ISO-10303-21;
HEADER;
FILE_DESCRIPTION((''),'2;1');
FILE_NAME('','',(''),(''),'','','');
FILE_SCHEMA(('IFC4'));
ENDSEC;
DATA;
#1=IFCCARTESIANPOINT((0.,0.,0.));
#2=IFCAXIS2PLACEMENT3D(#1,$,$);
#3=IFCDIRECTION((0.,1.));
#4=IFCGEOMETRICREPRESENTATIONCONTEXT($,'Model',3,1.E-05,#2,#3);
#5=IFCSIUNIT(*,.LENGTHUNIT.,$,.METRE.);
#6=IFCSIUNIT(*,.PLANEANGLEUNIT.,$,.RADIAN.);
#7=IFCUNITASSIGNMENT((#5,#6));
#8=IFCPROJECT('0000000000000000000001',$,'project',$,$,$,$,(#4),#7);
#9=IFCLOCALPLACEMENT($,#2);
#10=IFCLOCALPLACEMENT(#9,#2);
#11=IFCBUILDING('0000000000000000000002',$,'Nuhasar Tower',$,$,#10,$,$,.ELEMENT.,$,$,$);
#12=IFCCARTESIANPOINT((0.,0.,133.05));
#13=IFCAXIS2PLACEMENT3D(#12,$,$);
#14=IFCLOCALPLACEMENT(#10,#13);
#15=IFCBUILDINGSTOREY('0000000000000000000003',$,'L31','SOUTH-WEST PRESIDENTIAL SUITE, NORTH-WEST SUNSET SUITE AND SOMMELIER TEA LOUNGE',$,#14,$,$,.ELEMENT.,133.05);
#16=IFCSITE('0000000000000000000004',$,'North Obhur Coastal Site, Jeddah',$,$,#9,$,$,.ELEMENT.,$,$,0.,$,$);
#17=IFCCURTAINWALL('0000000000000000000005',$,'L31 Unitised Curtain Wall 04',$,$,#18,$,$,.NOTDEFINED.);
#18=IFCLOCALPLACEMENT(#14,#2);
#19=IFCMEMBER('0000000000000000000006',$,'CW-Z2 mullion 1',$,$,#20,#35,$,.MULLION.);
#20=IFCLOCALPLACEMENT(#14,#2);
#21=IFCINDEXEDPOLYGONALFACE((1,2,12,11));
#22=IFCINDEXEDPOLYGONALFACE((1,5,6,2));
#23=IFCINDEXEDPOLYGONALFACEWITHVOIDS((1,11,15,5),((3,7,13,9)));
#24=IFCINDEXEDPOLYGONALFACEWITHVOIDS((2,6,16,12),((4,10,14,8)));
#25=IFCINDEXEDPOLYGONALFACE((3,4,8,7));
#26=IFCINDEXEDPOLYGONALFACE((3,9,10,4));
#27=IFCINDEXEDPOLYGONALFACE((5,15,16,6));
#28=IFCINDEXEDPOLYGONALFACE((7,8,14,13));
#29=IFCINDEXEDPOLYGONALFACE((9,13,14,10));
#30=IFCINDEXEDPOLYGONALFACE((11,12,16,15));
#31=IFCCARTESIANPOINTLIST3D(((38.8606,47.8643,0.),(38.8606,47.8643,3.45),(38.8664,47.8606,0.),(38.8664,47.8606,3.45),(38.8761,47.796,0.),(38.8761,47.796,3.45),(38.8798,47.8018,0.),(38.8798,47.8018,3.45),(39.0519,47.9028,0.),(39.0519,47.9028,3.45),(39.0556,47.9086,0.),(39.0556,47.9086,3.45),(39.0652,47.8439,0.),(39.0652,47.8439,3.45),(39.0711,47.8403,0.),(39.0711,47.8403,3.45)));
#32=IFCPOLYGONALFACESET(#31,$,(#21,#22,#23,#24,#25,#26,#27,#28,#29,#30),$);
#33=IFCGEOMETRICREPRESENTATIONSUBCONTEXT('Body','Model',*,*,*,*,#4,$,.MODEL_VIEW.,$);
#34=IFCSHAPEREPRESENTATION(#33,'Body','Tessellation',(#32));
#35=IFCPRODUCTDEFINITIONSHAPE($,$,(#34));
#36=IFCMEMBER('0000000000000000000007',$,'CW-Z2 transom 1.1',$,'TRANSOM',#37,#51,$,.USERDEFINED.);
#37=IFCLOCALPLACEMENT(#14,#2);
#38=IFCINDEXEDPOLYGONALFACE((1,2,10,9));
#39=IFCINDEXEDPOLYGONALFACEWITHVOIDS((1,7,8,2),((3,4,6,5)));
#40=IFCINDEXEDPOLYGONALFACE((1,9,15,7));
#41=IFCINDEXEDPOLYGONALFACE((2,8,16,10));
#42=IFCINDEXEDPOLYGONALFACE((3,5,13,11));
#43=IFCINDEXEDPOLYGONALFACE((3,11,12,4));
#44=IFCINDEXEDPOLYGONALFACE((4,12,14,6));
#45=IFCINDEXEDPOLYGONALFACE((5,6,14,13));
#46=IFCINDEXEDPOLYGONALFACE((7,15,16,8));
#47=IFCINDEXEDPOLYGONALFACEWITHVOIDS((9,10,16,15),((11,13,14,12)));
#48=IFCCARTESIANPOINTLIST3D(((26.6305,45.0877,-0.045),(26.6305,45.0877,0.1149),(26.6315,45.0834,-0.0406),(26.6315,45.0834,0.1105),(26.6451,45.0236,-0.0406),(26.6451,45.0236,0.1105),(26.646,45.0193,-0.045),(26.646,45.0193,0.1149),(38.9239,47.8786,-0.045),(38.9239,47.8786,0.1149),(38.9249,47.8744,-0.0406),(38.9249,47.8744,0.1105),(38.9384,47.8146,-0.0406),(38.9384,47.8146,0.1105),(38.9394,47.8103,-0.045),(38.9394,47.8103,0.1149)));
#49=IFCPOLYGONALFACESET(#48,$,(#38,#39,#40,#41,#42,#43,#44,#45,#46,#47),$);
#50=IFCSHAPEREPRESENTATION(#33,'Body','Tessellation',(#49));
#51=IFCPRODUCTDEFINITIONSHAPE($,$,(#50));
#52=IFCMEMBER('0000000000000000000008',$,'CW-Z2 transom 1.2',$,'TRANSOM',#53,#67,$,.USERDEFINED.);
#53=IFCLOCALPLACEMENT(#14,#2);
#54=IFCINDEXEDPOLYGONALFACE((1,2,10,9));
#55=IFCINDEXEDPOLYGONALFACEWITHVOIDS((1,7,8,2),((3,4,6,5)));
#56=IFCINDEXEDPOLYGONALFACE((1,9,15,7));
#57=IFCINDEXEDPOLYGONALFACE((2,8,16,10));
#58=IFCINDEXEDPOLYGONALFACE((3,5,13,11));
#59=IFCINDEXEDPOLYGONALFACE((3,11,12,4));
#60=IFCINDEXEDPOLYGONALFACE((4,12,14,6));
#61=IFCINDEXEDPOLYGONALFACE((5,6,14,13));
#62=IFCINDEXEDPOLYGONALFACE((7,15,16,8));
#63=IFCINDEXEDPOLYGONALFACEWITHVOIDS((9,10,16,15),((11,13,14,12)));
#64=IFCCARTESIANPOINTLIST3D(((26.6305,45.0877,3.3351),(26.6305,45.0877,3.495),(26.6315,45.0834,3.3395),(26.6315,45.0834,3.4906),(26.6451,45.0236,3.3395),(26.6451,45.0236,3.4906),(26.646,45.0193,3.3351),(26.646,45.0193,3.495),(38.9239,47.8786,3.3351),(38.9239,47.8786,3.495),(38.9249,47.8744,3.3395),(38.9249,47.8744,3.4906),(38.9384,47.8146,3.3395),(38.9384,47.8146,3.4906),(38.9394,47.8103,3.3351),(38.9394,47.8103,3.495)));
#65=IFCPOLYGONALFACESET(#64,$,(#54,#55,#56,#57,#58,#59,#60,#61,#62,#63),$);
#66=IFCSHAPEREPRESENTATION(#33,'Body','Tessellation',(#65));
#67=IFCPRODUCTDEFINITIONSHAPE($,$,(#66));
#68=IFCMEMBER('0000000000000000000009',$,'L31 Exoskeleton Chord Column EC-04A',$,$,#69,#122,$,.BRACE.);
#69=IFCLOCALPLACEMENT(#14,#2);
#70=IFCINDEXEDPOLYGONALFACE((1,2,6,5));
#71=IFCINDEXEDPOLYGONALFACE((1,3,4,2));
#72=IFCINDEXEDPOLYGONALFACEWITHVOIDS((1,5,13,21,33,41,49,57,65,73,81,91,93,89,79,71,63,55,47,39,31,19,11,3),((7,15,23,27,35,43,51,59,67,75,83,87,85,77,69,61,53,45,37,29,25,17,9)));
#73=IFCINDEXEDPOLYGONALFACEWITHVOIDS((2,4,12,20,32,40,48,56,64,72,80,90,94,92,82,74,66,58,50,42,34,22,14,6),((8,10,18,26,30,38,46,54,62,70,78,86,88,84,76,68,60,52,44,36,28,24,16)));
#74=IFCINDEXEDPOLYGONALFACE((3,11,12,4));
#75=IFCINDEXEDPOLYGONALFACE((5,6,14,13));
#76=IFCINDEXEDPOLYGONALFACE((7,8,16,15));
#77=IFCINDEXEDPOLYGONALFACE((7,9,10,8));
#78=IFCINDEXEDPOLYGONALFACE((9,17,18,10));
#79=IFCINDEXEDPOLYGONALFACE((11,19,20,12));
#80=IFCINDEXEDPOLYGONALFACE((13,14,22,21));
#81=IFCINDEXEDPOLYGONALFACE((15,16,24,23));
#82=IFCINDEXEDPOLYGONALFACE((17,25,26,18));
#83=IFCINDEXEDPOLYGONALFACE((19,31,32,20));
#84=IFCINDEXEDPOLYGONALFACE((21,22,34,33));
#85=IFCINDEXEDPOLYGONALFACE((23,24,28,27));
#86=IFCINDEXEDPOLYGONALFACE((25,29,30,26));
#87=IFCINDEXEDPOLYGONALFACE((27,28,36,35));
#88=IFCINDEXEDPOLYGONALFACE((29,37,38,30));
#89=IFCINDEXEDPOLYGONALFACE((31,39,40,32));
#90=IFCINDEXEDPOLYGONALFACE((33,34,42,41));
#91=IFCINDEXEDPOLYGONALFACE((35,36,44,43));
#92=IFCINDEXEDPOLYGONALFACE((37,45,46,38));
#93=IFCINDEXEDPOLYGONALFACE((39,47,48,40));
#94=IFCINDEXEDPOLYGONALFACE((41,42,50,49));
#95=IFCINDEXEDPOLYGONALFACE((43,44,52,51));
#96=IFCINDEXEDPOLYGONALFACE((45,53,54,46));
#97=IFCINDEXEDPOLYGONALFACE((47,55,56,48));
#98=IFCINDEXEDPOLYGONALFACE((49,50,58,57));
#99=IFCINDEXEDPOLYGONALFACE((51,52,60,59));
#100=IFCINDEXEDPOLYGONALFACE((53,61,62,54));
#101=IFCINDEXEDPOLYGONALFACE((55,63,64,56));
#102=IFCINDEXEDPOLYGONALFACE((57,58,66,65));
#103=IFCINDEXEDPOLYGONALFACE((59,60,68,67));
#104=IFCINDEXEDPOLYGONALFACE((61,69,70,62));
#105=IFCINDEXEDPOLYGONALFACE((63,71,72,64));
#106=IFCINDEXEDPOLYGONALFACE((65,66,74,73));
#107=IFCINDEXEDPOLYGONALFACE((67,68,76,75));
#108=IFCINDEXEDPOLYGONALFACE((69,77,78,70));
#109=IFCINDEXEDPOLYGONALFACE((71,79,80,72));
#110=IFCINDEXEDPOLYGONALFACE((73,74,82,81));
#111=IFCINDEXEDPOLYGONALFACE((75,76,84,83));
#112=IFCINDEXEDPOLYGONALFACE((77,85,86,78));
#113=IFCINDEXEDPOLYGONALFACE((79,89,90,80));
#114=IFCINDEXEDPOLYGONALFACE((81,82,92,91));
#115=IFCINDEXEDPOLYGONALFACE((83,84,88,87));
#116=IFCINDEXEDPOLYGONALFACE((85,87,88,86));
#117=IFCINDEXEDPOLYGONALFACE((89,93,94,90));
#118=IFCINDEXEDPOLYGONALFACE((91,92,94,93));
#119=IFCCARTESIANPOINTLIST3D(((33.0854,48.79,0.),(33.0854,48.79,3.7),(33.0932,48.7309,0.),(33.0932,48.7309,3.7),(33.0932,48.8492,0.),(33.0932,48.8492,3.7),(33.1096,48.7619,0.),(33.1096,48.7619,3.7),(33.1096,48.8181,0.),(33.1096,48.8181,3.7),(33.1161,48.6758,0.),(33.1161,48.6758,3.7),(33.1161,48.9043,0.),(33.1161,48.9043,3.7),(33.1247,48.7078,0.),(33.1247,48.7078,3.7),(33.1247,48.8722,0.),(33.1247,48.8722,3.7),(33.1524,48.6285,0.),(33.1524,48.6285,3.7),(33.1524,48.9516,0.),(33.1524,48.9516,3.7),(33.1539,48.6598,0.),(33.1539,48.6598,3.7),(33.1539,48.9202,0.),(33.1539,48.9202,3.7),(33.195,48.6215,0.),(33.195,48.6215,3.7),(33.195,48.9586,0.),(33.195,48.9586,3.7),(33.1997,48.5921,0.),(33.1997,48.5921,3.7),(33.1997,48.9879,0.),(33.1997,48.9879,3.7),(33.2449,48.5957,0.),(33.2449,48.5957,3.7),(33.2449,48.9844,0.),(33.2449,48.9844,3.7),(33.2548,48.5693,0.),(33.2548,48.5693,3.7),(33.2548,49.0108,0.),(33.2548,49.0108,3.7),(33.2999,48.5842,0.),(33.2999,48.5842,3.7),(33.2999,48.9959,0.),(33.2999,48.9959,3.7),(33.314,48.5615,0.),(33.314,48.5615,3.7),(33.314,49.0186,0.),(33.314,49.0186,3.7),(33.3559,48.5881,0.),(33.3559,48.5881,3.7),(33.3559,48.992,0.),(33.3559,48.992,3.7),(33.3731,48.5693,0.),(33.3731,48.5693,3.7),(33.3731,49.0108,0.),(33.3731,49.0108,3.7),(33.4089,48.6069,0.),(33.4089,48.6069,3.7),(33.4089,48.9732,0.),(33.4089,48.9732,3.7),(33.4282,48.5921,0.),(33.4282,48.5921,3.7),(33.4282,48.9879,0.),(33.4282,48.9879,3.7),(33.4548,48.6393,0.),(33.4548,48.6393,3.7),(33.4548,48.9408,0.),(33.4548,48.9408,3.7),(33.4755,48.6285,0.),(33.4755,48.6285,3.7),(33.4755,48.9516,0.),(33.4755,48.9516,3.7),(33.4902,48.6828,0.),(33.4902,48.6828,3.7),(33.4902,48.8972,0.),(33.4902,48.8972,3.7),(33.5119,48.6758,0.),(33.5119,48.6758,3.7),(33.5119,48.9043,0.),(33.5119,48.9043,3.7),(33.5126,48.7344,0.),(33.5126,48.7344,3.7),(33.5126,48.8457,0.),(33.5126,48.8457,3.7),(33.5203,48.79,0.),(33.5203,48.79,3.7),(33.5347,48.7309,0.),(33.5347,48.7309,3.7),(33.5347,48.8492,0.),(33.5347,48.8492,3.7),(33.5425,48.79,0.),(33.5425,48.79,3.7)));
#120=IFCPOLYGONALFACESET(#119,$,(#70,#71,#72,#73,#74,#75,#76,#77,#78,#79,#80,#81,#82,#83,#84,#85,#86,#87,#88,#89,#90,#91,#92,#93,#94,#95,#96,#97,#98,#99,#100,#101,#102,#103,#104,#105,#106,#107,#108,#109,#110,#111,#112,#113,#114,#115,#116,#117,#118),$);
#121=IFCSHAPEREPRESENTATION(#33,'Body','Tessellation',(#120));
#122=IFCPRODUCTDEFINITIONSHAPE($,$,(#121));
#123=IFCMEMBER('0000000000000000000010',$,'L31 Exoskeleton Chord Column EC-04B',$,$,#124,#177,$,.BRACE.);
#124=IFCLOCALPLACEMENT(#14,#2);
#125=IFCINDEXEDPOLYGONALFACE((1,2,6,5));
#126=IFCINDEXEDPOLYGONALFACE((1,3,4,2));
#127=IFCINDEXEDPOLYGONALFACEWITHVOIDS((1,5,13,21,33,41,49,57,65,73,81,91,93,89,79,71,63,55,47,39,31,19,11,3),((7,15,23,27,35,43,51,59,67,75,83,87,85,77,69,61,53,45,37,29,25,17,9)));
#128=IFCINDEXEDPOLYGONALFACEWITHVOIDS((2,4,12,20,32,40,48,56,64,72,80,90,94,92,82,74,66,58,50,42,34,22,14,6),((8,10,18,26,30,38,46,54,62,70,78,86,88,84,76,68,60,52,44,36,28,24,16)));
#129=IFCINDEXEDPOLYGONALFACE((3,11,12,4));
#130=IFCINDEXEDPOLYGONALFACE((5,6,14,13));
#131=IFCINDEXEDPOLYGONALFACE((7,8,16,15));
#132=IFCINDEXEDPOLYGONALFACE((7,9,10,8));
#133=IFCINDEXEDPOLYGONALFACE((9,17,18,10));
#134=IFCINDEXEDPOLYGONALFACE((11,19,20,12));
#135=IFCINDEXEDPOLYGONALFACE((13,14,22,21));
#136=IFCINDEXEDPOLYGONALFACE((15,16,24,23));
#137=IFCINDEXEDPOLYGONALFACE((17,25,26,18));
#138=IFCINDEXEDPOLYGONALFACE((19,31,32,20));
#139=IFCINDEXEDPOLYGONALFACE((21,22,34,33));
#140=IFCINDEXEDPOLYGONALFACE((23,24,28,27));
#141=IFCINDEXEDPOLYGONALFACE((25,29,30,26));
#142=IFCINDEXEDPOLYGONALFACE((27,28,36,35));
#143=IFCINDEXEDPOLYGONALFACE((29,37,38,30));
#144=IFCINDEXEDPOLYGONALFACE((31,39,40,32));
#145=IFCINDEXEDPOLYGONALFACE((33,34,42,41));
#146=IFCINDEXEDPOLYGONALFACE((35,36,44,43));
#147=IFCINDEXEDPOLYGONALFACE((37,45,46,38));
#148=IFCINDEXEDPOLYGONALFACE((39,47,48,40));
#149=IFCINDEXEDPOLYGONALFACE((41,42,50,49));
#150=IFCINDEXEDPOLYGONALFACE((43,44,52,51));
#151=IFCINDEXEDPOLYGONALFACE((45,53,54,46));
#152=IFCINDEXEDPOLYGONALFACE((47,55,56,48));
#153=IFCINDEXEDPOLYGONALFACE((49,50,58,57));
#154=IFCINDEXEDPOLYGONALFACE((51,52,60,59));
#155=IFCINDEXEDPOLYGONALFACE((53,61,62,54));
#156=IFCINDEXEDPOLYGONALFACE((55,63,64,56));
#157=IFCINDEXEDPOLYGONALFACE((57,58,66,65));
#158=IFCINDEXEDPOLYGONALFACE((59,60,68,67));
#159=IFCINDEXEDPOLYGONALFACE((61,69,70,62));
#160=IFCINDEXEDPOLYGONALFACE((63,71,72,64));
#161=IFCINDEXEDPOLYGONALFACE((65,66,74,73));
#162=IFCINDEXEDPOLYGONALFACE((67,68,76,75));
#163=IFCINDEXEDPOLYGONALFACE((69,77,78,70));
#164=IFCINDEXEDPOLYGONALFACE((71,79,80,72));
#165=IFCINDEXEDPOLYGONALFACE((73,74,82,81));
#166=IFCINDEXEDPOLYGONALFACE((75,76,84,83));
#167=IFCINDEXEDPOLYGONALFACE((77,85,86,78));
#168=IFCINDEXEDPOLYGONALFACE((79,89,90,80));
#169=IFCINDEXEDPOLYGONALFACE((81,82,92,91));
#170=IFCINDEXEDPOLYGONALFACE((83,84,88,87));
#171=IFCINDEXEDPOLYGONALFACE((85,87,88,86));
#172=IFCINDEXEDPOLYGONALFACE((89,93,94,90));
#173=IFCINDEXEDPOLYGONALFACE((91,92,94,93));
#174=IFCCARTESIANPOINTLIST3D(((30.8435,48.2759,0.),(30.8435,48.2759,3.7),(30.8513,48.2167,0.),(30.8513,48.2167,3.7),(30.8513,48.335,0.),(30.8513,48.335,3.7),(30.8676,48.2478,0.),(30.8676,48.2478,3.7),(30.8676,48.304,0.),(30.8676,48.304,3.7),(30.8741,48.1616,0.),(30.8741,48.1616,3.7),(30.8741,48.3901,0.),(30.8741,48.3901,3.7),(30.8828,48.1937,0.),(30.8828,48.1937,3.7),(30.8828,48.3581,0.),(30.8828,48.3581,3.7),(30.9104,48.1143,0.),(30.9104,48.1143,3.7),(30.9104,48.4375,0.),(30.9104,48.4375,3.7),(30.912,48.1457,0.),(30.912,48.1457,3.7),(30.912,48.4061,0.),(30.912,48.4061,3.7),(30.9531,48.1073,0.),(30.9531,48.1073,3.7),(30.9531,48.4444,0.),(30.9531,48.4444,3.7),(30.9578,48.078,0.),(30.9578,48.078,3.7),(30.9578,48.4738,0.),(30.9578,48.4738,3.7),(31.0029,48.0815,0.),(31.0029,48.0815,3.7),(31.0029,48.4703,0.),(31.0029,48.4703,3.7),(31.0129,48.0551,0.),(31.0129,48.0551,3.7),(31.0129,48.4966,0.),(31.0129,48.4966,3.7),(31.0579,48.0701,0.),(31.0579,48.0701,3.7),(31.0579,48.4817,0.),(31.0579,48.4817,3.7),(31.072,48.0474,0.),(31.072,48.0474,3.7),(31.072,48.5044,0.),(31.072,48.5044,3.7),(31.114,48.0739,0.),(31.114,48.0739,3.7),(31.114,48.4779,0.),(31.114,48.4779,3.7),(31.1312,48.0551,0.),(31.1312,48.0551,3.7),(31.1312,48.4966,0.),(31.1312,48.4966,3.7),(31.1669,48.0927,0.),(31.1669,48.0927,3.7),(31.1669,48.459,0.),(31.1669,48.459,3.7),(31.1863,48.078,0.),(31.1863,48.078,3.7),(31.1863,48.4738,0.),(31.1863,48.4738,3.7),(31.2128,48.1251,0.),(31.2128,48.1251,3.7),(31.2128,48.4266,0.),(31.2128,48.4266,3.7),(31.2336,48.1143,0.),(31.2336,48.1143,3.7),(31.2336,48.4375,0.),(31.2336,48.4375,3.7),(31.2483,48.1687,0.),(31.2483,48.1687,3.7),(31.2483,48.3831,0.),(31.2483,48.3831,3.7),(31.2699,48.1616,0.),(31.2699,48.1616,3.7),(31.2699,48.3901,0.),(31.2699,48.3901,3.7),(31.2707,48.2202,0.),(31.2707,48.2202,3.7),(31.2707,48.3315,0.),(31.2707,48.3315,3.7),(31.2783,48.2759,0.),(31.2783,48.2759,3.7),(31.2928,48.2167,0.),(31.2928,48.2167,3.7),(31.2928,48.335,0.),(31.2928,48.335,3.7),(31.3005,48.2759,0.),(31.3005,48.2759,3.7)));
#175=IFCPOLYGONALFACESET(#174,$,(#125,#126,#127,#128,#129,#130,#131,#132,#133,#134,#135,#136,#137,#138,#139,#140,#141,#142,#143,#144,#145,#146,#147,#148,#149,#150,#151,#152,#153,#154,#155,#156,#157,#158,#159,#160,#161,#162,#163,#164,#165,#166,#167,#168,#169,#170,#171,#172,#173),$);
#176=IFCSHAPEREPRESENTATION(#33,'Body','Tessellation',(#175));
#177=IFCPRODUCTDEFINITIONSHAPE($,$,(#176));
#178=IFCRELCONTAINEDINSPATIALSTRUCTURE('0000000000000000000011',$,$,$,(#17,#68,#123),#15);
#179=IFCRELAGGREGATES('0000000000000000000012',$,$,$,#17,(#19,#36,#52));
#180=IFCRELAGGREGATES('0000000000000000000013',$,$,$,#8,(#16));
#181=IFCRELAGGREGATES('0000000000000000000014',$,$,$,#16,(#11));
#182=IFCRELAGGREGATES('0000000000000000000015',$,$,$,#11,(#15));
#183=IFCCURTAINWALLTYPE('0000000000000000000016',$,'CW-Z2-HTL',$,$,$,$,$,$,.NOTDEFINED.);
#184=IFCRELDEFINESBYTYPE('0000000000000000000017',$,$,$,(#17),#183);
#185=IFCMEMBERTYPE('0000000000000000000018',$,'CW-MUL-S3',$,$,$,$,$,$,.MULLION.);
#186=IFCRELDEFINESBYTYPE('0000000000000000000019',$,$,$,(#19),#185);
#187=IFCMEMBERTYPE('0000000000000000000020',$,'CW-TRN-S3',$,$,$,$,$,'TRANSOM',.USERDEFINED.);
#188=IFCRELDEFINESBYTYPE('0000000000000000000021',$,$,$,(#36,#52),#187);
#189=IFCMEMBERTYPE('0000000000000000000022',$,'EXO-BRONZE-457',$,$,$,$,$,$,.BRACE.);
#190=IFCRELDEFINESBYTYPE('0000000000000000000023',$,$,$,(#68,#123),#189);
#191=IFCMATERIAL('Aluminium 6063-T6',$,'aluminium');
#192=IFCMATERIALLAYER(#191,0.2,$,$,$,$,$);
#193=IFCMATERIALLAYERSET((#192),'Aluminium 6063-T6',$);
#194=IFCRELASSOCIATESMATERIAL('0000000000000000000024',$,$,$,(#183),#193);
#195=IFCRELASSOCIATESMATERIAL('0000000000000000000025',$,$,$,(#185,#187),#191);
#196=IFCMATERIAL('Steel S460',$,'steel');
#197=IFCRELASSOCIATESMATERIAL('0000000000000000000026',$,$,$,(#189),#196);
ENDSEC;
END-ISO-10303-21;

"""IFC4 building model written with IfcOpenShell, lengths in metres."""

from ifc_helpers import new_model, si_unit, direction, frame, origin, origin_2d, place, context, subcontext, project, spatial, hollow_rectangle, hollow_circle, extrude, material, layer, layer_set, material_profile, profile_set, type_object, element, aggregate, save


model = new_model("IFC4")

# Units and contexts
model_context = context("Model", 3, precision=1e-05, world=origin(), true_north=direction((0.0, 1.0)))
body_context = subcontext(model_context, "Body", "Model", "MODEL_VIEW")
ifc_project = project(units=[si_unit("LENGTHUNIT", "METRE"), si_unit("PLANEANGLEUNIT", "RADIAN")], contexts=[model_context])

# Site, building, storey
site_placement = place(None, origin())
site = spatial("IfcSite", under=ifc_project, at=site_placement, Name="North Obhur Coastal Site, Jeddah", CompositionType="ELEMENT", RefElevation=0.0)
building_placement = place(site_placement, origin())
building = spatial("IfcBuilding", under=site, at=building_placement, Name="Nuhasar Tower", CompositionType="ELEMENT")
storey_placement = place(building_placement, frame((0.0, 0.0, 133.05)))
storey = spatial("IfcBuildingStorey", under=building, at=storey_placement, Name="L31", Description="SOUTH-WEST PRESIDENTIAL SUITE, NORTH-WEST SUNSET SUITE AND SOMMELIER TEA LOUNGE", CompositionType="ELEMENT", Elevation=133.05)

# Curtain wall, members
ifc_material_1 = material(Name="Aluminium 6063-T6", Category="aluminium")
ifc_layer_1 = layer(ifc_material_1, 0.2)
ifc_layer_set_1 = layer_set([ifc_layer_1], Name="Aluminium 6063-T6")
curtain_wall_type = type_object("IfcCurtainWallType", Name="CW-Z2-HTL", PredefinedType="NOTDEFINED", material=ifc_layer_set_1)
curtain_wall_placement = place(storey_placement, origin())
curtain_wall = element("IfcCurtainWall", 1, at=curtain_wall_placement, inside=storey, type_object=curtain_wall_type, Name="L31 Unitised Curtain Wall 04", PredefinedType="NOTDEFINED")
ifc_material_profile_1 = material_profile(ifc_material_1, hollow_rectangle(XDim=0.0701, YDim=0.2, WallThickness=0.0049, at=origin_2d()), Name="CWM-3")
ifc_profile_set_1 = profile_set([ifc_material_profile_1], Name="Aluminium 6063-T6")
member_type_1 = type_object("IfcMemberType", Name="CW-MUL-S3", PredefinedType="MULLION", material=ifc_profile_set_1)
member_1_placement = place(storey_placement, frame((38.9658, 47.8523, 0.0), z_axis=(0.0, 0.0, 1.0), x_axis=(0.221397, -0.975184, 0.0)))
member_1 = element("IfcMember", 2, at=member_1_placement, type_object=member_type_1, Name="CW-Z2 mullion 1", PredefinedType="MULLION", context=body_context, shape_type="SweptSolid", body=[
    extrude(hollow_rectangle(XDim=0.0701, YDim=0.2, WallThickness=0.0049, at=origin_2d()), origin(), (0.0, 0.0, 1.0), 3.45),
])
ifc_material_profile_2 = material_profile(ifc_material_1, hollow_rectangle(XDim=0.0701, YDim=0.1599, WallThickness=0.0044, at=origin_2d()), Name="CWT-3")
ifc_profile_set_2 = profile_set([ifc_material_profile_2], Name="Aluminium 6063-T6")
member_type_2 = type_object("IfcMemberType", Name="CW-TRN-S3", ElementType="TRANSOM", PredefinedType="USERDEFINED", material=ifc_profile_set_2)
member_2_placement = place(storey_placement, frame((38.9316, 47.8445, 0.0349), z_axis=(-0.975183, -0.221398, 0.0), x_axis=(0.221398, -0.975183, 0.0)))
member_2 = element("IfcMember", 3, at=member_2_placement, type_object=member_type_2, Name="CW-Z2 transom 1.1", ObjectType="TRANSOM", PredefinedType="USERDEFINED", context=body_context, shape_type="SweptSolid", body=[
    extrude(hollow_rectangle(XDim=0.0701, YDim=0.1599, WallThickness=0.0044, at=origin_2d()), origin(), (0.0, 0.0, 1.0), 12.6062),
])
member_3_placement = place(storey_placement, frame((38.9316, 47.8445, 3.415), z_axis=(-0.975183, -0.221398, 0.0), x_axis=(0.221398, -0.975183, 0.0)))
member_3 = element("IfcMember", 4, at=member_3_placement, type_object=member_type_2, Name="CW-Z2 transom 1.2", ObjectType="TRANSOM", PredefinedType="USERDEFINED", context=body_context, shape_type="SweptSolid", body=[
    extrude(hollow_rectangle(XDim=0.0701, YDim=0.1599, WallThickness=0.0044, at=origin_2d()), origin(), (0.0, 0.0, 1.0), 12.6062),
])

# Members
ifc_material_2 = material(Name="Steel S460", Category="steel")
ifc_material_profile_3 = material_profile(ifc_material_2, hollow_circle(Radius=0.2285, WallThickness=0.0222, at=origin_2d()), Name="HSS457X22.2")
ifc_profile_set_3 = profile_set([ifc_material_profile_3], Name="Steel S460")
member_type_3 = type_object("IfcMemberType", Name="EXO-BRONZE-457", PredefinedType="BRACE", material=ifc_profile_set_3)
for number, where, z_axis, x_axis, name in (
    (5, (33.314, 48.79, 0.0), (0.0, 0.0, 1.0), (1.0, 0.0, 0.0), "L31 Exoskeleton Chord Column EC-04A"),
    (6, (31.072, 48.2759, 0.0), (0.0, 0.0, 1.0), (1.0, 0.0, 0.0), "L31 Exoskeleton Chord Column EC-04B"),
):
    element("IfcMember", number, at=place(storey_placement, frame(where, z_axis=z_axis, x_axis=x_axis)), inside=storey, type_object=member_type_3, Name=name, PredefinedType="BRACE", context=body_context, shape_type="SweptSolid", body=[
        extrude(hollow_circle(Radius=0.2285, WallThickness=0.0222, at=origin_2d()), origin(), (0.0, 0.0, 1.0), 3.7),
    ])

aggregate(curtain_wall, [member_1, member_2, member_3])

save(model, "model.ifc")
